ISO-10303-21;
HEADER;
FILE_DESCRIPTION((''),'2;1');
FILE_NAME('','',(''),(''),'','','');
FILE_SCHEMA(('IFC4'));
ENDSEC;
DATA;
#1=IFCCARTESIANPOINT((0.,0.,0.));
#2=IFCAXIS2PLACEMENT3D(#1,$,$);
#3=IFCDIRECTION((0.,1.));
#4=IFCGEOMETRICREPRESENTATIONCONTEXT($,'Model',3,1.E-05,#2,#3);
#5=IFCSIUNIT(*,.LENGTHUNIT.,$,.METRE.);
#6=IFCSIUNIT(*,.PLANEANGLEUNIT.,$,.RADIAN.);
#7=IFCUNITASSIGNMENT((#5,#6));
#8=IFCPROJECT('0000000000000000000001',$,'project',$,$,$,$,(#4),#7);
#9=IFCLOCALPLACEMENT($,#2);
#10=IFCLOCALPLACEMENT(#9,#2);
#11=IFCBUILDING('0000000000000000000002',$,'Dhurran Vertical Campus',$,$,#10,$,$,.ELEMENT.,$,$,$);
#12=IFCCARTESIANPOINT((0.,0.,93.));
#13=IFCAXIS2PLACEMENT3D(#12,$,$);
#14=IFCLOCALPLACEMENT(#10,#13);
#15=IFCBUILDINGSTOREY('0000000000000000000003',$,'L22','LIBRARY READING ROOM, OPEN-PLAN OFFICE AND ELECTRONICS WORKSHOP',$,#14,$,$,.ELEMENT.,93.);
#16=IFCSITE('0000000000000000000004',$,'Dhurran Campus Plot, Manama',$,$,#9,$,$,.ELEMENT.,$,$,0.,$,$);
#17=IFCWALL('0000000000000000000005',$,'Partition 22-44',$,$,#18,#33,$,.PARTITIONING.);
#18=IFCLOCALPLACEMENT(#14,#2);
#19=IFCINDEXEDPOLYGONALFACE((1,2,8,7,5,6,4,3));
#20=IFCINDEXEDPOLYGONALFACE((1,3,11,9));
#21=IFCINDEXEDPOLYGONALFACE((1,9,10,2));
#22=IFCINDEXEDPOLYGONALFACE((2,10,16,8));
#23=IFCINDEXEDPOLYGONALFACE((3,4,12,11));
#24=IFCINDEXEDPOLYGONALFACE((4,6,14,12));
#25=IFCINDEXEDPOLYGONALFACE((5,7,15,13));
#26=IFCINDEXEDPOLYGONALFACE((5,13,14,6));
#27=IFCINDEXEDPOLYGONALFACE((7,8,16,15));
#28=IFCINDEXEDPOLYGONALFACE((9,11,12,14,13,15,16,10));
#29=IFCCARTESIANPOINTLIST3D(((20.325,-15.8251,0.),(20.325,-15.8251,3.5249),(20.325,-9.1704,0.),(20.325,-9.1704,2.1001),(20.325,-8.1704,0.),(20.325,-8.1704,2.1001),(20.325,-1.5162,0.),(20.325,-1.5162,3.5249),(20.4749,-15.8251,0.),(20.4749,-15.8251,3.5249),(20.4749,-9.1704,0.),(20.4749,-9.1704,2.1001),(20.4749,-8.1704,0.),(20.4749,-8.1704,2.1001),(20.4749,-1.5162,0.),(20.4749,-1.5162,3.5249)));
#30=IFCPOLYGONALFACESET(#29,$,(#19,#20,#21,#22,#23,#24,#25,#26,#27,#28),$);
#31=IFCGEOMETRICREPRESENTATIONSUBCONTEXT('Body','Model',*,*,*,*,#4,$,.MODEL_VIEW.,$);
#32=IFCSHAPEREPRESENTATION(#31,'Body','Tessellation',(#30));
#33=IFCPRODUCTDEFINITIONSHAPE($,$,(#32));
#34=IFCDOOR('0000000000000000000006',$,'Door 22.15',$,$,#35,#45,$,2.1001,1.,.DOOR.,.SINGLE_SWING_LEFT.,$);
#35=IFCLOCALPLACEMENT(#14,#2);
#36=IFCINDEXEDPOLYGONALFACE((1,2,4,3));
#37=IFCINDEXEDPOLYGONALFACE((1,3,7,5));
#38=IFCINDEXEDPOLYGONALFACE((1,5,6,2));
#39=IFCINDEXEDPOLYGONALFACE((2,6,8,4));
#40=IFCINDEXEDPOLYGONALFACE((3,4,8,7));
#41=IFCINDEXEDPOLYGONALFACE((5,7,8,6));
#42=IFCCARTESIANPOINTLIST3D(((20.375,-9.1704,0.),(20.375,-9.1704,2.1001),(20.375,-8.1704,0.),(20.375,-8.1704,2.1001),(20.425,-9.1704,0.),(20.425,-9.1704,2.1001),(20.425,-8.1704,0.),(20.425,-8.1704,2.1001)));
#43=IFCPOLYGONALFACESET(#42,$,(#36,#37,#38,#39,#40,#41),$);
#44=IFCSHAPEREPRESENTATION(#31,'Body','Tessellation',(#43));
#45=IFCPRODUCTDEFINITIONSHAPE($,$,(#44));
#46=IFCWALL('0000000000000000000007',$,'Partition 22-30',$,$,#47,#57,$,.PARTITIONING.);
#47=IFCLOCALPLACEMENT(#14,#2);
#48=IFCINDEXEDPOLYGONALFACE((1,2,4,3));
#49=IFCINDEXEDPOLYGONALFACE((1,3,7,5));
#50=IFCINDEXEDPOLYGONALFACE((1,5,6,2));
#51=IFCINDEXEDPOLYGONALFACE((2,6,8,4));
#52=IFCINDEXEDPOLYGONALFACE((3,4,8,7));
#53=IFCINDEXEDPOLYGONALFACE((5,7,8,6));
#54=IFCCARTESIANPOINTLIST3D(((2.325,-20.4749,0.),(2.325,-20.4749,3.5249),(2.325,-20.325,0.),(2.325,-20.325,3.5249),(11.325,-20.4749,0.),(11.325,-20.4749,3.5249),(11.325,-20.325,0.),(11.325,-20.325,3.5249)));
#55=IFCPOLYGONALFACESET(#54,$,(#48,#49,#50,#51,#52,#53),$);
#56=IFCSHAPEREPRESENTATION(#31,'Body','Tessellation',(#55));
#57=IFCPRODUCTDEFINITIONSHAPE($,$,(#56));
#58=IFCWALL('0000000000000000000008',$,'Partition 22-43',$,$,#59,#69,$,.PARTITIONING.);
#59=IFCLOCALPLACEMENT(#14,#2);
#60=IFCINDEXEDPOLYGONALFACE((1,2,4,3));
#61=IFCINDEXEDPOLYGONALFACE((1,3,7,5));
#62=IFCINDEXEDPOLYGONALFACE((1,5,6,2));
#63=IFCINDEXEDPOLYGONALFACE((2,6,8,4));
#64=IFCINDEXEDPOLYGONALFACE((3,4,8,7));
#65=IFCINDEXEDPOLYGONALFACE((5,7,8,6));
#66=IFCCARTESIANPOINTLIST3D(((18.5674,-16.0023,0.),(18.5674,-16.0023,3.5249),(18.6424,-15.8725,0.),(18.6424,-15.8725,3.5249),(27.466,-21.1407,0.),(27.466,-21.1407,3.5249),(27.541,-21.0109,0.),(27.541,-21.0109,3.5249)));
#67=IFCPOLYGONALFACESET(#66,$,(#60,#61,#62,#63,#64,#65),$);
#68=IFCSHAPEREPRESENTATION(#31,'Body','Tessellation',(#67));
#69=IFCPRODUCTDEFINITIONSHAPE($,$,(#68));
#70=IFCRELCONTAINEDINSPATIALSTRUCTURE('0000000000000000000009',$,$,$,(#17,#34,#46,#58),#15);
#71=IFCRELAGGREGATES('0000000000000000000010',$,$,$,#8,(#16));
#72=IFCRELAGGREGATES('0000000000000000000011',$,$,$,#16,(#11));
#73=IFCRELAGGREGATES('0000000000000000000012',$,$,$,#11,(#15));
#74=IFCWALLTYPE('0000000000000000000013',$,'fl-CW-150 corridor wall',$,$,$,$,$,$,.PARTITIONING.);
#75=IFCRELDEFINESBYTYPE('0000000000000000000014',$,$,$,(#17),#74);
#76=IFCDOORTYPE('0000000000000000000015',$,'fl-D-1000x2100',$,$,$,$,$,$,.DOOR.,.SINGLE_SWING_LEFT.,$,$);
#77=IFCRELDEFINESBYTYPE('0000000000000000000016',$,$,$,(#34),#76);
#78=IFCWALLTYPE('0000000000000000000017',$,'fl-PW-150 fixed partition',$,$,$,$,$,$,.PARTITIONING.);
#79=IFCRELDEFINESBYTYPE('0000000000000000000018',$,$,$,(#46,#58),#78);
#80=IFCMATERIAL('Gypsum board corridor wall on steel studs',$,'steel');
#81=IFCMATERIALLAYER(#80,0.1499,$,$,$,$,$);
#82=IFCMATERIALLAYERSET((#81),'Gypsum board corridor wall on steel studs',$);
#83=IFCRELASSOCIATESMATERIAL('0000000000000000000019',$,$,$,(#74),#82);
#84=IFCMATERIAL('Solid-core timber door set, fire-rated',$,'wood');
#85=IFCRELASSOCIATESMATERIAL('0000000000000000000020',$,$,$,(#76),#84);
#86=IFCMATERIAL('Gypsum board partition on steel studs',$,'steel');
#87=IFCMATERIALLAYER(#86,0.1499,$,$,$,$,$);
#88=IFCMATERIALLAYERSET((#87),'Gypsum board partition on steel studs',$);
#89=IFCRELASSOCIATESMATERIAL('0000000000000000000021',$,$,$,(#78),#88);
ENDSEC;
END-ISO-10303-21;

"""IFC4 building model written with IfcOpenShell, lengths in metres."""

from ifc_helpers import new_model, si_unit, direction, frame, frame_2d, origin, place, context, subcontext, project, spatial, rectangle, extrude, material, layer, layer_set, type_object, element, fill, save


model = new_model("IFC4")

# Units and contexts
model_context = context("Model", 3, precision=1e-05, world=origin(), true_north=direction((0.0, 1.0)))
body_context = subcontext(model_context, "Body", "Model", "MODEL_VIEW")
ifc_project = project(units=[si_unit("LENGTHUNIT", "METRE"), si_unit("PLANEANGLEUNIT", "RADIAN")], contexts=[model_context])

# Site, building, storey
site_placement = place(None, origin())
site = spatial("IfcSite", under=ifc_project, at=site_placement, Name="Dhurran Campus Plot, Manama", CompositionType="ELEMENT", RefElevation=0.0)
building_placement = place(site_placement, origin())
building = spatial("IfcBuilding", under=site, at=building_placement, Name="Dhurran Vertical Campus", CompositionType="ELEMENT")
storey_placement = place(building_placement, frame((0.0, 0.0, 93.0)))
storey = spatial("IfcBuildingStorey", under=building, at=storey_placement, Name="L22", Description="LIBRARY READING ROOM, OPEN-PLAN OFFICE AND ELECTRONICS WORKSHOP", CompositionType="ELEMENT", Elevation=93.0)

# Shared definitions
ifc_material_1 = material(Name="Gypsum board corridor wall on steel studs", Category="steel")
ifc_layer_1 = layer(ifc_material_1, 0.1499)
ifc_layer_set_1 = layer_set([ifc_layer_1], Name="Gypsum board corridor wall on steel studs")
wall_type_1 = type_object("IfcWallType", Name="fl-CW-150 corridor wall", PredefinedType="PARTITIONING", material=ifc_layer_set_1)

# Wall, opening, door
wall_1_placement = place(storey_placement, frame((20.3999, -15.825, 0.0), z_axis=(0.0, 0.0, 1.0), x_axis=(0.0, 1.0, 0.0)))
wall_1 = element("IfcWall", 1, at=wall_1_placement, inside=storey, type_object=wall_type_1, Name="Partition 22-44", PredefinedType="PARTITIONING", context=body_context, shape_type="SweptSolid", body=[
    extrude(rectangle(XDim=14.3088, YDim=0.1499, at=frame_2d((7.1543, 0.0))), origin(), (0.0, 0.0, 1.0), 3.5249),
])
opening_1_placement = place(wall_1_placement, frame((6.6545, 0.0, 0.0)))
opening_1 = element("IfcOpeningElement", 2, at=opening_1_placement, cuts=wall_1, PredefinedType="OPENING", context=body_context, shape_type="SweptSolid", body=[
    extrude(rectangle(XDim=1.0, YDim=2.1001, at=frame_2d((0.5, 1.05))), frame((0.0, 0.085, 0.0), z_axis=(0.0, -1.0, 0.0), x_axis=(1.0, 0.0, 0.0)), (0.0, 0.0, 1.0), 0.1699),
])
ifc_material_2 = material(Name="Solid-core timber door set, fire-rated", Category="wood")
door_type = type_object("IfcDoorType", Name="fl-D-1000x2100", OperationType="SINGLE_SWING_LEFT", PredefinedType="DOOR", material=ifc_material_2)
door_placement = place(opening_1_placement, origin())
door = element("IfcDoor", 3, at=door_placement, inside=storey, type_object=door_type, Name="Door 22.15", OperationType="SINGLE_SWING_LEFT", OverallHeight=2.1001, OverallWidth=1.0, PredefinedType="DOOR", context=body_context, shape_type="SweptSolid", body=[
    extrude(rectangle(XDim=1.0, YDim=2.1001, at=frame_2d((0.5, 1.05))), frame((0.0, 0.0249, 0.0), z_axis=(0.0, -1.0, 0.0), x_axis=(1.0, 0.0, 0.0)), (0.0, 0.0, 1.0), 0.05),
])
fill(opening_1, door)

# Walls
ifc_material_3 = material(Name="Gypsum board partition on steel studs", Category="steel")
ifc_layer_2 = layer(ifc_material_3, 0.1499)
ifc_layer_set_2 = layer_set([ifc_layer_2], Name="Gypsum board partition on steel studs")
wall_type_2 = type_object("IfcWallType", Name="fl-PW-150 fixed partition", PredefinedType="PARTITIONING", material=ifc_layer_set_2)
wall_2_placement = place(storey_placement, frame((11.325, -20.3999, 0.0), z_axis=(0.0, 0.0, 1.0), x_axis=(-1.0, 0.0, 0.0)))
element("IfcWall", 4, at=wall_2_placement, inside=storey, type_object=wall_type_2, Name="Partition 22-30", PredefinedType="PARTITIONING", context=body_context, shape_type="SweptSolid", body=[
    extrude(rectangle(XDim=9.0, YDim=0.1499, at=frame_2d((4.5, 0.0))), origin(), (0.0, 0.0, 1.0), 3.5249),
])
wall_3_placement = place(storey_placement, frame((18.605, -15.9375, 0.0), z_axis=(0.0, 0.0, 1.0), x_axis=(0.865993, -0.500056, 0.0)))
element("IfcWall", 5, at=wall_3_placement, inside=storey, type_object=wall_type_2, Name="Partition 22-43", PredefinedType="PARTITIONING", context=body_context, shape_type="SweptSolid", body=[
    extrude(rectangle(XDim=10.2756, YDim=0.1499, at=frame_2d((5.1377, 0.0))), origin(), (0.0, 0.0, 1.0), 3.5249),
])

save(model, "model.ifc")
